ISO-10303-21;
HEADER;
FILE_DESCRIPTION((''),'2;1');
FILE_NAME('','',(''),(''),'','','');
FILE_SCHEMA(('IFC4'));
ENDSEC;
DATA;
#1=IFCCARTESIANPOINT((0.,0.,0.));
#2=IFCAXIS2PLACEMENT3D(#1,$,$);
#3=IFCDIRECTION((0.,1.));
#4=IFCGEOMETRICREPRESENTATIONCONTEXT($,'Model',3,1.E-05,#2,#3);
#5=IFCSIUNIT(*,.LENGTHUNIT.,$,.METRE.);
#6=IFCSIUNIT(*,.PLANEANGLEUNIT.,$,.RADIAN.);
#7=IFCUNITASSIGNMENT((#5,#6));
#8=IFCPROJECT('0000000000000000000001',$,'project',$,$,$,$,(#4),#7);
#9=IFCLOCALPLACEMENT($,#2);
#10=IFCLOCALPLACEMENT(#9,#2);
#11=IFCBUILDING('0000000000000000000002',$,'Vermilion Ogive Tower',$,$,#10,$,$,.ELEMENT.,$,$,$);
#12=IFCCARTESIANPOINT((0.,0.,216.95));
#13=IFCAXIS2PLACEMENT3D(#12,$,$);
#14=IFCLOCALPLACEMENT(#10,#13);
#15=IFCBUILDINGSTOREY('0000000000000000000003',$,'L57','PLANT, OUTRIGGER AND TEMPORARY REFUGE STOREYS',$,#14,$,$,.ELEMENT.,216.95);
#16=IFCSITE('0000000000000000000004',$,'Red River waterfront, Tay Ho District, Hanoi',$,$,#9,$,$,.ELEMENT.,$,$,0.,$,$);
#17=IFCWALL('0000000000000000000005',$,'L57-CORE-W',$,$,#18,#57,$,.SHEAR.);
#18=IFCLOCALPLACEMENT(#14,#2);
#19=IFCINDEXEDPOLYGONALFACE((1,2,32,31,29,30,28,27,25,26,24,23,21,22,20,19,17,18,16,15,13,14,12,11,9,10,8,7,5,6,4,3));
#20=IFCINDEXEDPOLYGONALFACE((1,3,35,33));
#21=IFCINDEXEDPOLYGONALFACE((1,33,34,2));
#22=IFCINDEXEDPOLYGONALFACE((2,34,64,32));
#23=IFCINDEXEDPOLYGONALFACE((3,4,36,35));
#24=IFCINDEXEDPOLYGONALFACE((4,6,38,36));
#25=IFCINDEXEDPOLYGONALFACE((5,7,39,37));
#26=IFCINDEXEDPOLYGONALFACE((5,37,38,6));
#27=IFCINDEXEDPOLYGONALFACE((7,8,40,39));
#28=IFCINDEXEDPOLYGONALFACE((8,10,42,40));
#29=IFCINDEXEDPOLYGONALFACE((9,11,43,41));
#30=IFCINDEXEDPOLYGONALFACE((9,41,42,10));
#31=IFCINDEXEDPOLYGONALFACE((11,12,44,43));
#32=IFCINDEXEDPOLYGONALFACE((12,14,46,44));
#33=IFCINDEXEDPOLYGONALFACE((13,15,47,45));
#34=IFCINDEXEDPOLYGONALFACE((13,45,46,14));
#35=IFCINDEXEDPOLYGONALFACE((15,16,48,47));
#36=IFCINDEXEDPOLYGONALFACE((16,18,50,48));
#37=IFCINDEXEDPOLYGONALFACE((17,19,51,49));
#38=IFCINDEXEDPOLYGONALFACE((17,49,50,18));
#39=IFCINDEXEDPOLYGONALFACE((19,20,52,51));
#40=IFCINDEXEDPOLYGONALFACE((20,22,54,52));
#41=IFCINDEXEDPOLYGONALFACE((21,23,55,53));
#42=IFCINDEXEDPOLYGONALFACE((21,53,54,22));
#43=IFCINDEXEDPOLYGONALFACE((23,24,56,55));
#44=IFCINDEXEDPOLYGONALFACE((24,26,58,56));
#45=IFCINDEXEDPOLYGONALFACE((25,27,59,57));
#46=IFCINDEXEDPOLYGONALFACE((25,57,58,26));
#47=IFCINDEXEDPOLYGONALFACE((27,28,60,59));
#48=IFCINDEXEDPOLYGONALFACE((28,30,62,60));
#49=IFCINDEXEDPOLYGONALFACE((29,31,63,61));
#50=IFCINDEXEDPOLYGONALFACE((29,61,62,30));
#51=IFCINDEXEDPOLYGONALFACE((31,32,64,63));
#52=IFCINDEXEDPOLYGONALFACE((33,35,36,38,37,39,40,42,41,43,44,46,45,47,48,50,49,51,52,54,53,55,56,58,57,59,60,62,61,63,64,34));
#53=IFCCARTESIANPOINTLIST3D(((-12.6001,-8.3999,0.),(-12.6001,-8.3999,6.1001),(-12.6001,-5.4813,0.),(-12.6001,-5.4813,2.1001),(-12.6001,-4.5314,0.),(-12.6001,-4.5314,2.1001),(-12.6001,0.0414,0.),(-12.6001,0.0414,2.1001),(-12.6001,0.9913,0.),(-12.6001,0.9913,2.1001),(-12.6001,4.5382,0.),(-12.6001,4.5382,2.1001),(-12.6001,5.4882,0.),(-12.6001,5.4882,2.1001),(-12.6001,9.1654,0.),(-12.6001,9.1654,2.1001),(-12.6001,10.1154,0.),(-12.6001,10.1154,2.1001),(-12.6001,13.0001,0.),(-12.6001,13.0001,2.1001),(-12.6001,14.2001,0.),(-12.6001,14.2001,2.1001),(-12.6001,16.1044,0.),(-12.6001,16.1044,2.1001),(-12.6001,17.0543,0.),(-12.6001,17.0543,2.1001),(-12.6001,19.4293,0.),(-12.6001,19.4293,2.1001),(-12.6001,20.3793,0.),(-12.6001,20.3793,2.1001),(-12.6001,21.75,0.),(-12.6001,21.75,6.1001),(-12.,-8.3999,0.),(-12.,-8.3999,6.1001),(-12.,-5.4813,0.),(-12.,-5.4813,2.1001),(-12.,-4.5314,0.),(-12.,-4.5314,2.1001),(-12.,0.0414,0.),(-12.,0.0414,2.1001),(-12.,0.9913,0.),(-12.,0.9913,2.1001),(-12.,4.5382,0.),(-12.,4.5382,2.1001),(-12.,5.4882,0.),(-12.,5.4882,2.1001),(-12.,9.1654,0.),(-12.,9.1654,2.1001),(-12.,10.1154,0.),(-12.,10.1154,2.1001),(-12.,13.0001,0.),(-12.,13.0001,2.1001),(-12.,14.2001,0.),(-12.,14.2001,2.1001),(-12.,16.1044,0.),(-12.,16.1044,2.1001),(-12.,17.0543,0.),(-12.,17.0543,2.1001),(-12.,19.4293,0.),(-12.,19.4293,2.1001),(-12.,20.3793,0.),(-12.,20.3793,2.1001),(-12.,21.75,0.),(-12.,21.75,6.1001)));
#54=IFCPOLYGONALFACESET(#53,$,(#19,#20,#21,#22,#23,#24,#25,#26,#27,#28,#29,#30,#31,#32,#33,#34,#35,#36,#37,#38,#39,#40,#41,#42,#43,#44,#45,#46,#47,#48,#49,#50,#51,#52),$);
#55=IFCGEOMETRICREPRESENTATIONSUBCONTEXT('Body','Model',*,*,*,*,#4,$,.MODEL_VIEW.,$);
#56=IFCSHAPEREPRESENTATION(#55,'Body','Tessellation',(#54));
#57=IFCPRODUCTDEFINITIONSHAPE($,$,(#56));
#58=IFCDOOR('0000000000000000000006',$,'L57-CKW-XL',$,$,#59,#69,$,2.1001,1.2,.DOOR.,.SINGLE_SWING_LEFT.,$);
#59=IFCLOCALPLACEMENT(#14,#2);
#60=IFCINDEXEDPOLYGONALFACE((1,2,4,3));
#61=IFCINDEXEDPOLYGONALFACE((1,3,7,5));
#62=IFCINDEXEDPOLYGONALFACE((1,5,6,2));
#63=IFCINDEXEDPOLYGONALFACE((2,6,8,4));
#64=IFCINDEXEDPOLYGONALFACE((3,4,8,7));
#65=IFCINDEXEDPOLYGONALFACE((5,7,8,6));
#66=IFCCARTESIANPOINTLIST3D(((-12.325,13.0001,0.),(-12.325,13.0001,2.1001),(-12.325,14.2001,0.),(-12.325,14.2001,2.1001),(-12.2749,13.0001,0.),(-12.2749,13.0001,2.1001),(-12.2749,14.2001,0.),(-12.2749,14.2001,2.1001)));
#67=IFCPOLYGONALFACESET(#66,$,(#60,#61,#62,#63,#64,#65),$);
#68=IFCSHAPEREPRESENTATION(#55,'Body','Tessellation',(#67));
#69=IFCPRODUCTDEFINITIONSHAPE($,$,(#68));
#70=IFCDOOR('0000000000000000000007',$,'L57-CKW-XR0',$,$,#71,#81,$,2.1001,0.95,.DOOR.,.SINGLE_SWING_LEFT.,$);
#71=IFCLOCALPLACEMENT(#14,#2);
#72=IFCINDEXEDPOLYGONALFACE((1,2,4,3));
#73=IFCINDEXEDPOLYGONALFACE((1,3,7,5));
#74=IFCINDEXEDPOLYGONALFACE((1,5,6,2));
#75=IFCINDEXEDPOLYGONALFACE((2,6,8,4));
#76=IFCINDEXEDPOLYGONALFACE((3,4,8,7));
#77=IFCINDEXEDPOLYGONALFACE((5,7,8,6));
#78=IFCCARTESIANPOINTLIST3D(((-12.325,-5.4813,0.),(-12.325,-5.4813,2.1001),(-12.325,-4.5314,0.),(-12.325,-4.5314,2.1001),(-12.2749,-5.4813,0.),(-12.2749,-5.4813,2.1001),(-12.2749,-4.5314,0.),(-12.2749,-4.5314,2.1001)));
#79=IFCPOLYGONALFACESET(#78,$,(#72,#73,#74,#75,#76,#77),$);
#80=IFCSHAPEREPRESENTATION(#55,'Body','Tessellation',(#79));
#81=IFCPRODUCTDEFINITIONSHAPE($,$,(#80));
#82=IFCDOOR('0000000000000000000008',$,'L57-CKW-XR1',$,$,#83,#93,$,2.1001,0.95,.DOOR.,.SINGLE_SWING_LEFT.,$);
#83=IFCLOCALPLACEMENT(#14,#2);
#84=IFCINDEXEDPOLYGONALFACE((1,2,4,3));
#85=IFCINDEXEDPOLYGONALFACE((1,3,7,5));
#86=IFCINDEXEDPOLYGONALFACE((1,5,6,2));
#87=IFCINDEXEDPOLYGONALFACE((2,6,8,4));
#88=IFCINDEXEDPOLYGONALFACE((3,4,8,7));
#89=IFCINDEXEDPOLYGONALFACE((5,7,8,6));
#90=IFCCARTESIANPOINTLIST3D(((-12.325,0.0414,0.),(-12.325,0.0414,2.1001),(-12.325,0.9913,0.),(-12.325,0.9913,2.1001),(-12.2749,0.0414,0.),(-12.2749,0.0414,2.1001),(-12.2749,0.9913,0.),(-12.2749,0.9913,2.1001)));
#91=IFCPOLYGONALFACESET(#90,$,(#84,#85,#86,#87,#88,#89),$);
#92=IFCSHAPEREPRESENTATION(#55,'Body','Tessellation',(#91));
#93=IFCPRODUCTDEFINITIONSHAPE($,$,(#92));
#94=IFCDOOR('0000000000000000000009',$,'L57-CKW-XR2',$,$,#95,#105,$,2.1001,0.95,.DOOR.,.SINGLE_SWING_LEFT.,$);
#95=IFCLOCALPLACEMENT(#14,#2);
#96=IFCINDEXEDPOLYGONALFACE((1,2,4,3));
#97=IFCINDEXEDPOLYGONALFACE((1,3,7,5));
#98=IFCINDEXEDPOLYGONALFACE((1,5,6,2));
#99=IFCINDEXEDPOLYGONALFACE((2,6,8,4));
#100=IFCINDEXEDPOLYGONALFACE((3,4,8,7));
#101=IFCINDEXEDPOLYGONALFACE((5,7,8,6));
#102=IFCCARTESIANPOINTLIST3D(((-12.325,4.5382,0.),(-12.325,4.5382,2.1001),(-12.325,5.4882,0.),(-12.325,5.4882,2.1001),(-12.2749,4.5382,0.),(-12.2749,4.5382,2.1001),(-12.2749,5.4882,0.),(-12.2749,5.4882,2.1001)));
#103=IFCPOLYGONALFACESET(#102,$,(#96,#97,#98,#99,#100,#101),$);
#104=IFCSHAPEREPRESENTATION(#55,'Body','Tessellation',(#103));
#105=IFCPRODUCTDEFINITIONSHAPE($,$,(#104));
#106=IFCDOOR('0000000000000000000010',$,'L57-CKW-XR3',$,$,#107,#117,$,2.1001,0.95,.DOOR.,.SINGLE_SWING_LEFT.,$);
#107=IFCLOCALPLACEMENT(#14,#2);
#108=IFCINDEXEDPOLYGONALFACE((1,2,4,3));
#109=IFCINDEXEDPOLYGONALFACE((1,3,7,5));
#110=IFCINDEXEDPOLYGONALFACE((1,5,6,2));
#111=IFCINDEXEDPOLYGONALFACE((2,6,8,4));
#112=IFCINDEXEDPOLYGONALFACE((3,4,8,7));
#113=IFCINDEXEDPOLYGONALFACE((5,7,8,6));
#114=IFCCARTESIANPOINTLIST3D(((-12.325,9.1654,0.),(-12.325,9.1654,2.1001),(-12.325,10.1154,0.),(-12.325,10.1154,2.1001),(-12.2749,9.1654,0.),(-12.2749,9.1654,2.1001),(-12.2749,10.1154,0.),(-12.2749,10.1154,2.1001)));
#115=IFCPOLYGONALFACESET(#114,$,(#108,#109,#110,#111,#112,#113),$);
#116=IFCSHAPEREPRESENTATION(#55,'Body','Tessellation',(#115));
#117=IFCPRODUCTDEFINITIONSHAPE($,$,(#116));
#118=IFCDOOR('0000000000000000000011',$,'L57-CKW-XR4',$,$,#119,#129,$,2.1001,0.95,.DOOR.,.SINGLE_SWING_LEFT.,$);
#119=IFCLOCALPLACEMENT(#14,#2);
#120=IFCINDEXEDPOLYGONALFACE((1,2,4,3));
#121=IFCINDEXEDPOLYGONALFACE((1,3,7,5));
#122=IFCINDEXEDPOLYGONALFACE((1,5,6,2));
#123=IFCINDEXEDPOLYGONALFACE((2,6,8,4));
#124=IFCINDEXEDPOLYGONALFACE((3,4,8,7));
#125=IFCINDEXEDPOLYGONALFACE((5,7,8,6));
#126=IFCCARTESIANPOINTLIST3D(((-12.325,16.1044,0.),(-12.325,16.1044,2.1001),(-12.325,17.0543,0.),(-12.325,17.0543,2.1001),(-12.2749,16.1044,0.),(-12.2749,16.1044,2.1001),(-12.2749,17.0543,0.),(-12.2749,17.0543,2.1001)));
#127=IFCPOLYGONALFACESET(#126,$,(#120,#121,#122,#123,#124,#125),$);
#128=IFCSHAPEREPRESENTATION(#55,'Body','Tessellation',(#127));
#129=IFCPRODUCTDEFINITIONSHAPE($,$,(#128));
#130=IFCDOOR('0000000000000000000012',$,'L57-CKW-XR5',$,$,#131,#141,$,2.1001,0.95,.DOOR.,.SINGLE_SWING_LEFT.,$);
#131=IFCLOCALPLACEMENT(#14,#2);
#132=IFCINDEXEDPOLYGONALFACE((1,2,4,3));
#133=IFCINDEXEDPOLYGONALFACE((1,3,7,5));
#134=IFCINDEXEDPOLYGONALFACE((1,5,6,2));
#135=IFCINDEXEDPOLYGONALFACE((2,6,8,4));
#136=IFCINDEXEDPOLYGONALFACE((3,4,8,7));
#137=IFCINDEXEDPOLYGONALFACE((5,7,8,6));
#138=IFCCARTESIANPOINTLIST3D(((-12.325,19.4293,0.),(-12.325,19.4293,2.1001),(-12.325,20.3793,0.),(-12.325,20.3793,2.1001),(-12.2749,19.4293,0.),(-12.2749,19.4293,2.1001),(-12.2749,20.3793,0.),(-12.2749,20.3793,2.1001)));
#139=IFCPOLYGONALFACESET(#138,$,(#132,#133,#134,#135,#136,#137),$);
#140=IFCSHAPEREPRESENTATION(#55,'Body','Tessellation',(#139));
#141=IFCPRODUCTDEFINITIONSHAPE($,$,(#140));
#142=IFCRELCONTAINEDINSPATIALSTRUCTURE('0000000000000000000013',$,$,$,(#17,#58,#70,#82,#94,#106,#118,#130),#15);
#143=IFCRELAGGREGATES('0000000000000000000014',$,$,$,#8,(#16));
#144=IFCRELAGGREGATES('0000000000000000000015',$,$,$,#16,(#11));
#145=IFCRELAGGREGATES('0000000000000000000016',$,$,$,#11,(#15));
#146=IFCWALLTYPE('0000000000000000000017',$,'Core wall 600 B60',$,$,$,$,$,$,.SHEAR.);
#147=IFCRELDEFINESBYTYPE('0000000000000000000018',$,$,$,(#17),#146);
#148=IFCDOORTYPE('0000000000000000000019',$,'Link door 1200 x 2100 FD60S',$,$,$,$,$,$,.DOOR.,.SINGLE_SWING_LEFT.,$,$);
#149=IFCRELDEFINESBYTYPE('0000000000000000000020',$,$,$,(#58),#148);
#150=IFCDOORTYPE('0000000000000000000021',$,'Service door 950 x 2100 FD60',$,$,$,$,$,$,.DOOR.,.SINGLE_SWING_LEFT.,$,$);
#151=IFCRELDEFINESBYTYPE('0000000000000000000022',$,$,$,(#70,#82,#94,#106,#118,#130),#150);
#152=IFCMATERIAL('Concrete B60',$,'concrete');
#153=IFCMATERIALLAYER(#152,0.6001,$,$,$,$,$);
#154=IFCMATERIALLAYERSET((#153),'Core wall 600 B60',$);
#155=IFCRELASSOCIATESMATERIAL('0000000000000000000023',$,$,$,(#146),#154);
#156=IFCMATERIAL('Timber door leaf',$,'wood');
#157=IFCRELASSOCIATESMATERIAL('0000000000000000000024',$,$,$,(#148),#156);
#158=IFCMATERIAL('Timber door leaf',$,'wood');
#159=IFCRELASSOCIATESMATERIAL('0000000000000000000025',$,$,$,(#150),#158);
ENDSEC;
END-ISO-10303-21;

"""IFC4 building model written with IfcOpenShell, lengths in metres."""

from ifc_helpers import new_model, si_unit, direction, frame, frame_2d, origin, place, context, subcontext, project, spatial, rectangle, extrude, material, layer, layer_set, type_object, element, fill, save


model = new_model("IFC4")

# Units and contexts
model_context = context("Model", 3, precision=1e-05, world=origin(), true_north=direction((0.0, 1.0)))
body_context = subcontext(model_context, "Body", "Model", "MODEL_VIEW")
ifc_project = project(units=[si_unit("LENGTHUNIT", "METRE"), si_unit("PLANEANGLEUNIT", "RADIAN")], contexts=[model_context])

# Site, building, storey
site_placement = place(None, origin())
site = spatial("IfcSite", under=ifc_project, at=site_placement, Name="Red River waterfront, Tay Ho District, Hanoi", CompositionType="ELEMENT", RefElevation=0.0)
building_placement = place(site_placement, origin())
building = spatial("IfcBuilding", under=site, at=building_placement, Name="Vermilion Ogive Tower", CompositionType="ELEMENT")
storey_placement = place(building_placement, frame((0.0, 0.0, 216.95)))
storey = spatial("IfcBuildingStorey", under=building, at=storey_placement, Name="L57", Description="PLANT, OUTRIGGER AND TEMPORARY REFUGE STOREYS", CompositionType="ELEMENT", Elevation=216.95)

# Wall, openings, doors
ifc_material_1 = material(Name="Concrete B60", Category="concrete")
ifc_layer_1 = layer(ifc_material_1, 0.6001)
ifc_layer_set_1 = layer_set([ifc_layer_1], Name="Core wall 600 B60")
wall_type_1 = type_object("IfcWallType", Name="Core wall 600 B60", PredefinedType="SHEAR", material=ifc_layer_set_1)
wall_1_placement = place(storey_placement, frame((-12.3, -8.3999, 0.0), z_axis=(0.0, 0.0, 1.0), x_axis=(0.0, 1.0, 0.0)))
wall_1 = element("IfcWall", 1, at=wall_1_placement, inside=storey, type_object=wall_type_1, Name="L57-CORE-W", PredefinedType="SHEAR", context=body_context, shape_type="SweptSolid", body=[
    extrude(rectangle(XDim=30.1499, YDim=0.6001, at=frame_2d((15.075, 0.0))), origin(), (0.0, 0.0, 1.0), 6.1001),
])
opening_1_placement = place(wall_1_placement, frame((2.9185, 0.0, 0.0)))
opening_1 = element("IfcOpeningElement", 2, at=opening_1_placement, cuts=wall_1, PredefinedType="OPENING", context=body_context, shape_type="SweptSolid", body=[
    extrude(rectangle(XDim=0.95, YDim=2.1001, at=frame_2d((0.4751, 1.05))), frame((0.0, 0.3101, 0.0), z_axis=(0.0, -1.0, 0.0), x_axis=(1.0, 0.0, 0.0)), (0.0, 0.0, 1.0), 0.6201),
])
opening_2_placement = place(wall_1_placement, frame((8.4412, 0.0, 0.0)))
opening_2 = element("IfcOpeningElement", 3, at=opening_2_placement, cuts=wall_1, PredefinedType="OPENING", context=body_context, shape_type="SweptSolid", body=[
    extrude(rectangle(XDim=0.95, YDim=2.1001, at=frame_2d((0.4751, 1.05))), frame((0.0, 0.3101, 0.0), z_axis=(0.0, -1.0, 0.0), x_axis=(1.0, 0.0, 0.0)), (0.0, 0.0, 1.0), 0.6201),
])
opening_3_placement = place(wall_1_placement, frame((12.938, 0.0, 0.0)))
opening_3 = element("IfcOpeningElement", 4, at=opening_3_placement, cuts=wall_1, PredefinedType="OPENING", context=body_context, shape_type="SweptSolid", body=[
    extrude(rectangle(XDim=0.95, YDim=2.1001, at=frame_2d((0.4751, 1.05))), frame((0.0, 0.3101, 0.0), z_axis=(0.0, -1.0, 0.0), x_axis=(1.0, 0.0, 0.0)), (0.0, 0.0, 1.0), 0.6201),
])
opening_4_placement = place(wall_1_placement, frame((17.5652, 0.0, 0.0)))
opening_4 = element("IfcOpeningElement", 5, at=opening_4_placement, cuts=wall_1, PredefinedType="OPENING", context=body_context, shape_type="SweptSolid", body=[
    extrude(rectangle(XDim=0.95, YDim=2.1001, at=frame_2d((0.4751, 1.05))), frame((0.0, 0.3101, 0.0), z_axis=(0.0, -1.0, 0.0), x_axis=(1.0, 0.0, 0.0)), (0.0, 0.0, 1.0), 0.6201),
])
opening_5_placement = place(wall_1_placement, frame((24.5042, 0.0, 0.0)))
opening_5 = element("IfcOpeningElement", 6, at=opening_5_placement, cuts=wall_1, PredefinedType="OPENING", context=body_context, shape_type="SweptSolid", body=[
    extrude(rectangle(XDim=0.95, YDim=2.1001, at=frame_2d((0.4751, 1.05))), frame((0.0, 0.3101, 0.0), z_axis=(0.0, -1.0, 0.0), x_axis=(1.0, 0.0, 0.0)), (0.0, 0.0, 1.0), 0.6201),
])
opening_6_placement = place(wall_1_placement, frame((27.8291, 0.0, 0.0)))
opening_6 = element("IfcOpeningElement", 7, at=opening_6_placement, cuts=wall_1, PredefinedType="OPENING", context=body_context, shape_type="SweptSolid", body=[
    extrude(rectangle(XDim=0.95, YDim=2.1001, at=frame_2d((0.4751, 1.05))), frame((0.0, 0.3101, 0.0), z_axis=(0.0, -1.0, 0.0), x_axis=(1.0, 0.0, 0.0)), (0.0, 0.0, 1.0), 0.6201),
])
opening_7_placement = place(wall_1_placement, frame((21.3999, 0.0, 0.0)))
opening_7 = element("IfcOpeningElement", 8, at=opening_7_placement, cuts=wall_1, PredefinedType="OPENING", context=body_context, shape_type="SweptSolid", body=[
    extrude(rectangle(XDim=1.2, YDim=2.1001, at=frame_2d((0.6001, 1.05))), frame((0.0, 0.3101, 0.0), z_axis=(0.0, -1.0, 0.0), x_axis=(1.0, 0.0, 0.0)), (0.0, 0.0, 1.0), 0.6201),
])
ifc_material_2 = material(Name="Timber door leaf", Category="wood")
door_type_1 = type_object("IfcDoorType", Name="Link door 1200 x 2100 FD60S", OperationType="SINGLE_SWING_LEFT", PredefinedType="DOOR", material=ifc_material_2)
door_1_placement = place(opening_7_placement, origin())
door_1 = element("IfcDoor", 9, at=door_1_placement, inside=storey, type_object=door_type_1, Name="L57-CKW-XL", OperationType="SINGLE_SWING_LEFT", OverallHeight=2.1001, OverallWidth=1.2, PredefinedType="DOOR", context=body_context, shape_type="SweptSolid", body=[
    extrude(rectangle(XDim=1.2, YDim=2.1001, at=frame_2d((0.6001, 1.05))), frame((0.0, 0.0249, 0.0), z_axis=(0.0, -1.0, 0.0), x_axis=(1.0, 0.0, 0.0)), (0.0, 0.0, 1.0), 0.05),
])
fill(opening_7, door_1)
ifc_material_3 = material(Name="Timber door leaf", Category="wood")
door_type_2 = type_object("IfcDoorType", Name="Service door 950 x 2100 FD60", OperationType="SINGLE_SWING_LEFT", PredefinedType="DOOR", material=ifc_material_3)
door_2_placement = place(opening_1_placement, origin())
door_2 = element("IfcDoor", 10, at=door_2_placement, inside=storey, type_object=door_type_2, Name="L57-CKW-XR0", OperationType="SINGLE_SWING_LEFT", OverallHeight=2.1001, OverallWidth=0.95, PredefinedType="DOOR", context=body_context, shape_type="SweptSolid", body=[
    extrude(rectangle(XDim=0.95, YDim=2.1001, at=frame_2d((0.4751, 1.05))), frame((0.0, 0.0249, 0.0), z_axis=(0.0, -1.0, 0.0), x_axis=(1.0, 0.0, 0.0)), (0.0, 0.0, 1.0), 0.05),
])
fill(opening_1, door_2)
door_3_placement = place(opening_2_placement, origin())
door_3 = element("IfcDoor", 11, at=door_3_placement, inside=storey, type_object=door_type_2, Name="L57-CKW-XR1", OperationType="SINGLE_SWING_LEFT", OverallHeight=2.1001, OverallWidth=0.95, PredefinedType="DOOR", context=body_context, shape_type="SweptSolid", body=[
    extrude(rectangle(XDim=0.95, YDim=2.1001, at=frame_2d((0.4751, 1.05))), frame((0.0, 0.0249, 0.0), z_axis=(0.0, -1.0, 0.0), x_axis=(1.0, 0.0, 0.0)), (0.0, 0.0, 1.0), 0.05),
])
fill(opening_2, door_3)
door_4_placement = place(opening_3_placement, origin())
door_4 = element("IfcDoor", 12, at=door_4_placement, inside=storey, type_object=door_type_2, Name="L57-CKW-XR2", OperationType="SINGLE_SWING_LEFT", OverallHeight=2.1001, OverallWidth=0.95, PredefinedType="DOOR", context=body_context, shape_type="SweptSolid", body=[
    extrude(rectangle(XDim=0.95, YDim=2.1001, at=frame_2d((0.4751, 1.05))), frame((0.0, 0.0249, 0.0), z_axis=(0.0, -1.0, 0.0), x_axis=(1.0, 0.0, 0.0)), (0.0, 0.0, 1.0), 0.05),
])
fill(opening_3, door_4)
door_5_placement = place(opening_4_placement, origin())
door_5 = element("IfcDoor", 13, at=door_5_placement, inside=storey, type_object=door_type_2, Name="L57-CKW-XR3", OperationType="SINGLE_SWING_LEFT", OverallHeight=2.1001, OverallWidth=0.95, PredefinedType="DOOR", context=body_context, shape_type="SweptSolid", body=[
    extrude(rectangle(XDim=0.95, YDim=2.1001, at=frame_2d((0.4751, 1.05))), frame((0.0, 0.0249, 0.0), z_axis=(0.0, -1.0, 0.0), x_axis=(1.0, 0.0, 0.0)), (0.0, 0.0, 1.0), 0.05),
])
fill(opening_4, door_5)
door_6_placement = place(opening_5_placement, origin())
door_6 = element("IfcDoor", 14, at=door_6_placement, inside=storey, type_object=door_type_2, Name="L57-CKW-XR4", OperationType="SINGLE_SWING_LEFT", OverallHeight=2.1001, OverallWidth=0.95, PredefinedType="DOOR", context=body_context, shape_type="SweptSolid", body=[
    extrude(rectangle(XDim=0.95, YDim=2.1001, at=frame_2d((0.4751, 1.05))), frame((0.0, 0.0249, 0.0), z_axis=(0.0, -1.0, 0.0), x_axis=(1.0, 0.0, 0.0)), (0.0, 0.0, 1.0), 0.05),
])
fill(opening_5, door_6)
door_7_placement = place(opening_6_placement, origin())
door_7 = element("IfcDoor", 15, at=door_7_placement, inside=storey, type_object=door_type_2, Name="L57-CKW-XR5", OperationType="SINGLE_SWING_LEFT", OverallHeight=2.1001, OverallWidth=0.95, PredefinedType="DOOR", context=body_context, shape_type="SweptSolid", body=[
    extrude(rectangle(XDim=0.95, YDim=2.1001, at=frame_2d((0.4751, 1.05))), frame((0.0, 0.0249, 0.0), z_axis=(0.0, -1.0, 0.0), x_axis=(1.0, 0.0, 0.0)), (0.0, 0.0, 1.0), 0.05),
])
fill(opening_6, door_7)

save(model, "model.ifc")
